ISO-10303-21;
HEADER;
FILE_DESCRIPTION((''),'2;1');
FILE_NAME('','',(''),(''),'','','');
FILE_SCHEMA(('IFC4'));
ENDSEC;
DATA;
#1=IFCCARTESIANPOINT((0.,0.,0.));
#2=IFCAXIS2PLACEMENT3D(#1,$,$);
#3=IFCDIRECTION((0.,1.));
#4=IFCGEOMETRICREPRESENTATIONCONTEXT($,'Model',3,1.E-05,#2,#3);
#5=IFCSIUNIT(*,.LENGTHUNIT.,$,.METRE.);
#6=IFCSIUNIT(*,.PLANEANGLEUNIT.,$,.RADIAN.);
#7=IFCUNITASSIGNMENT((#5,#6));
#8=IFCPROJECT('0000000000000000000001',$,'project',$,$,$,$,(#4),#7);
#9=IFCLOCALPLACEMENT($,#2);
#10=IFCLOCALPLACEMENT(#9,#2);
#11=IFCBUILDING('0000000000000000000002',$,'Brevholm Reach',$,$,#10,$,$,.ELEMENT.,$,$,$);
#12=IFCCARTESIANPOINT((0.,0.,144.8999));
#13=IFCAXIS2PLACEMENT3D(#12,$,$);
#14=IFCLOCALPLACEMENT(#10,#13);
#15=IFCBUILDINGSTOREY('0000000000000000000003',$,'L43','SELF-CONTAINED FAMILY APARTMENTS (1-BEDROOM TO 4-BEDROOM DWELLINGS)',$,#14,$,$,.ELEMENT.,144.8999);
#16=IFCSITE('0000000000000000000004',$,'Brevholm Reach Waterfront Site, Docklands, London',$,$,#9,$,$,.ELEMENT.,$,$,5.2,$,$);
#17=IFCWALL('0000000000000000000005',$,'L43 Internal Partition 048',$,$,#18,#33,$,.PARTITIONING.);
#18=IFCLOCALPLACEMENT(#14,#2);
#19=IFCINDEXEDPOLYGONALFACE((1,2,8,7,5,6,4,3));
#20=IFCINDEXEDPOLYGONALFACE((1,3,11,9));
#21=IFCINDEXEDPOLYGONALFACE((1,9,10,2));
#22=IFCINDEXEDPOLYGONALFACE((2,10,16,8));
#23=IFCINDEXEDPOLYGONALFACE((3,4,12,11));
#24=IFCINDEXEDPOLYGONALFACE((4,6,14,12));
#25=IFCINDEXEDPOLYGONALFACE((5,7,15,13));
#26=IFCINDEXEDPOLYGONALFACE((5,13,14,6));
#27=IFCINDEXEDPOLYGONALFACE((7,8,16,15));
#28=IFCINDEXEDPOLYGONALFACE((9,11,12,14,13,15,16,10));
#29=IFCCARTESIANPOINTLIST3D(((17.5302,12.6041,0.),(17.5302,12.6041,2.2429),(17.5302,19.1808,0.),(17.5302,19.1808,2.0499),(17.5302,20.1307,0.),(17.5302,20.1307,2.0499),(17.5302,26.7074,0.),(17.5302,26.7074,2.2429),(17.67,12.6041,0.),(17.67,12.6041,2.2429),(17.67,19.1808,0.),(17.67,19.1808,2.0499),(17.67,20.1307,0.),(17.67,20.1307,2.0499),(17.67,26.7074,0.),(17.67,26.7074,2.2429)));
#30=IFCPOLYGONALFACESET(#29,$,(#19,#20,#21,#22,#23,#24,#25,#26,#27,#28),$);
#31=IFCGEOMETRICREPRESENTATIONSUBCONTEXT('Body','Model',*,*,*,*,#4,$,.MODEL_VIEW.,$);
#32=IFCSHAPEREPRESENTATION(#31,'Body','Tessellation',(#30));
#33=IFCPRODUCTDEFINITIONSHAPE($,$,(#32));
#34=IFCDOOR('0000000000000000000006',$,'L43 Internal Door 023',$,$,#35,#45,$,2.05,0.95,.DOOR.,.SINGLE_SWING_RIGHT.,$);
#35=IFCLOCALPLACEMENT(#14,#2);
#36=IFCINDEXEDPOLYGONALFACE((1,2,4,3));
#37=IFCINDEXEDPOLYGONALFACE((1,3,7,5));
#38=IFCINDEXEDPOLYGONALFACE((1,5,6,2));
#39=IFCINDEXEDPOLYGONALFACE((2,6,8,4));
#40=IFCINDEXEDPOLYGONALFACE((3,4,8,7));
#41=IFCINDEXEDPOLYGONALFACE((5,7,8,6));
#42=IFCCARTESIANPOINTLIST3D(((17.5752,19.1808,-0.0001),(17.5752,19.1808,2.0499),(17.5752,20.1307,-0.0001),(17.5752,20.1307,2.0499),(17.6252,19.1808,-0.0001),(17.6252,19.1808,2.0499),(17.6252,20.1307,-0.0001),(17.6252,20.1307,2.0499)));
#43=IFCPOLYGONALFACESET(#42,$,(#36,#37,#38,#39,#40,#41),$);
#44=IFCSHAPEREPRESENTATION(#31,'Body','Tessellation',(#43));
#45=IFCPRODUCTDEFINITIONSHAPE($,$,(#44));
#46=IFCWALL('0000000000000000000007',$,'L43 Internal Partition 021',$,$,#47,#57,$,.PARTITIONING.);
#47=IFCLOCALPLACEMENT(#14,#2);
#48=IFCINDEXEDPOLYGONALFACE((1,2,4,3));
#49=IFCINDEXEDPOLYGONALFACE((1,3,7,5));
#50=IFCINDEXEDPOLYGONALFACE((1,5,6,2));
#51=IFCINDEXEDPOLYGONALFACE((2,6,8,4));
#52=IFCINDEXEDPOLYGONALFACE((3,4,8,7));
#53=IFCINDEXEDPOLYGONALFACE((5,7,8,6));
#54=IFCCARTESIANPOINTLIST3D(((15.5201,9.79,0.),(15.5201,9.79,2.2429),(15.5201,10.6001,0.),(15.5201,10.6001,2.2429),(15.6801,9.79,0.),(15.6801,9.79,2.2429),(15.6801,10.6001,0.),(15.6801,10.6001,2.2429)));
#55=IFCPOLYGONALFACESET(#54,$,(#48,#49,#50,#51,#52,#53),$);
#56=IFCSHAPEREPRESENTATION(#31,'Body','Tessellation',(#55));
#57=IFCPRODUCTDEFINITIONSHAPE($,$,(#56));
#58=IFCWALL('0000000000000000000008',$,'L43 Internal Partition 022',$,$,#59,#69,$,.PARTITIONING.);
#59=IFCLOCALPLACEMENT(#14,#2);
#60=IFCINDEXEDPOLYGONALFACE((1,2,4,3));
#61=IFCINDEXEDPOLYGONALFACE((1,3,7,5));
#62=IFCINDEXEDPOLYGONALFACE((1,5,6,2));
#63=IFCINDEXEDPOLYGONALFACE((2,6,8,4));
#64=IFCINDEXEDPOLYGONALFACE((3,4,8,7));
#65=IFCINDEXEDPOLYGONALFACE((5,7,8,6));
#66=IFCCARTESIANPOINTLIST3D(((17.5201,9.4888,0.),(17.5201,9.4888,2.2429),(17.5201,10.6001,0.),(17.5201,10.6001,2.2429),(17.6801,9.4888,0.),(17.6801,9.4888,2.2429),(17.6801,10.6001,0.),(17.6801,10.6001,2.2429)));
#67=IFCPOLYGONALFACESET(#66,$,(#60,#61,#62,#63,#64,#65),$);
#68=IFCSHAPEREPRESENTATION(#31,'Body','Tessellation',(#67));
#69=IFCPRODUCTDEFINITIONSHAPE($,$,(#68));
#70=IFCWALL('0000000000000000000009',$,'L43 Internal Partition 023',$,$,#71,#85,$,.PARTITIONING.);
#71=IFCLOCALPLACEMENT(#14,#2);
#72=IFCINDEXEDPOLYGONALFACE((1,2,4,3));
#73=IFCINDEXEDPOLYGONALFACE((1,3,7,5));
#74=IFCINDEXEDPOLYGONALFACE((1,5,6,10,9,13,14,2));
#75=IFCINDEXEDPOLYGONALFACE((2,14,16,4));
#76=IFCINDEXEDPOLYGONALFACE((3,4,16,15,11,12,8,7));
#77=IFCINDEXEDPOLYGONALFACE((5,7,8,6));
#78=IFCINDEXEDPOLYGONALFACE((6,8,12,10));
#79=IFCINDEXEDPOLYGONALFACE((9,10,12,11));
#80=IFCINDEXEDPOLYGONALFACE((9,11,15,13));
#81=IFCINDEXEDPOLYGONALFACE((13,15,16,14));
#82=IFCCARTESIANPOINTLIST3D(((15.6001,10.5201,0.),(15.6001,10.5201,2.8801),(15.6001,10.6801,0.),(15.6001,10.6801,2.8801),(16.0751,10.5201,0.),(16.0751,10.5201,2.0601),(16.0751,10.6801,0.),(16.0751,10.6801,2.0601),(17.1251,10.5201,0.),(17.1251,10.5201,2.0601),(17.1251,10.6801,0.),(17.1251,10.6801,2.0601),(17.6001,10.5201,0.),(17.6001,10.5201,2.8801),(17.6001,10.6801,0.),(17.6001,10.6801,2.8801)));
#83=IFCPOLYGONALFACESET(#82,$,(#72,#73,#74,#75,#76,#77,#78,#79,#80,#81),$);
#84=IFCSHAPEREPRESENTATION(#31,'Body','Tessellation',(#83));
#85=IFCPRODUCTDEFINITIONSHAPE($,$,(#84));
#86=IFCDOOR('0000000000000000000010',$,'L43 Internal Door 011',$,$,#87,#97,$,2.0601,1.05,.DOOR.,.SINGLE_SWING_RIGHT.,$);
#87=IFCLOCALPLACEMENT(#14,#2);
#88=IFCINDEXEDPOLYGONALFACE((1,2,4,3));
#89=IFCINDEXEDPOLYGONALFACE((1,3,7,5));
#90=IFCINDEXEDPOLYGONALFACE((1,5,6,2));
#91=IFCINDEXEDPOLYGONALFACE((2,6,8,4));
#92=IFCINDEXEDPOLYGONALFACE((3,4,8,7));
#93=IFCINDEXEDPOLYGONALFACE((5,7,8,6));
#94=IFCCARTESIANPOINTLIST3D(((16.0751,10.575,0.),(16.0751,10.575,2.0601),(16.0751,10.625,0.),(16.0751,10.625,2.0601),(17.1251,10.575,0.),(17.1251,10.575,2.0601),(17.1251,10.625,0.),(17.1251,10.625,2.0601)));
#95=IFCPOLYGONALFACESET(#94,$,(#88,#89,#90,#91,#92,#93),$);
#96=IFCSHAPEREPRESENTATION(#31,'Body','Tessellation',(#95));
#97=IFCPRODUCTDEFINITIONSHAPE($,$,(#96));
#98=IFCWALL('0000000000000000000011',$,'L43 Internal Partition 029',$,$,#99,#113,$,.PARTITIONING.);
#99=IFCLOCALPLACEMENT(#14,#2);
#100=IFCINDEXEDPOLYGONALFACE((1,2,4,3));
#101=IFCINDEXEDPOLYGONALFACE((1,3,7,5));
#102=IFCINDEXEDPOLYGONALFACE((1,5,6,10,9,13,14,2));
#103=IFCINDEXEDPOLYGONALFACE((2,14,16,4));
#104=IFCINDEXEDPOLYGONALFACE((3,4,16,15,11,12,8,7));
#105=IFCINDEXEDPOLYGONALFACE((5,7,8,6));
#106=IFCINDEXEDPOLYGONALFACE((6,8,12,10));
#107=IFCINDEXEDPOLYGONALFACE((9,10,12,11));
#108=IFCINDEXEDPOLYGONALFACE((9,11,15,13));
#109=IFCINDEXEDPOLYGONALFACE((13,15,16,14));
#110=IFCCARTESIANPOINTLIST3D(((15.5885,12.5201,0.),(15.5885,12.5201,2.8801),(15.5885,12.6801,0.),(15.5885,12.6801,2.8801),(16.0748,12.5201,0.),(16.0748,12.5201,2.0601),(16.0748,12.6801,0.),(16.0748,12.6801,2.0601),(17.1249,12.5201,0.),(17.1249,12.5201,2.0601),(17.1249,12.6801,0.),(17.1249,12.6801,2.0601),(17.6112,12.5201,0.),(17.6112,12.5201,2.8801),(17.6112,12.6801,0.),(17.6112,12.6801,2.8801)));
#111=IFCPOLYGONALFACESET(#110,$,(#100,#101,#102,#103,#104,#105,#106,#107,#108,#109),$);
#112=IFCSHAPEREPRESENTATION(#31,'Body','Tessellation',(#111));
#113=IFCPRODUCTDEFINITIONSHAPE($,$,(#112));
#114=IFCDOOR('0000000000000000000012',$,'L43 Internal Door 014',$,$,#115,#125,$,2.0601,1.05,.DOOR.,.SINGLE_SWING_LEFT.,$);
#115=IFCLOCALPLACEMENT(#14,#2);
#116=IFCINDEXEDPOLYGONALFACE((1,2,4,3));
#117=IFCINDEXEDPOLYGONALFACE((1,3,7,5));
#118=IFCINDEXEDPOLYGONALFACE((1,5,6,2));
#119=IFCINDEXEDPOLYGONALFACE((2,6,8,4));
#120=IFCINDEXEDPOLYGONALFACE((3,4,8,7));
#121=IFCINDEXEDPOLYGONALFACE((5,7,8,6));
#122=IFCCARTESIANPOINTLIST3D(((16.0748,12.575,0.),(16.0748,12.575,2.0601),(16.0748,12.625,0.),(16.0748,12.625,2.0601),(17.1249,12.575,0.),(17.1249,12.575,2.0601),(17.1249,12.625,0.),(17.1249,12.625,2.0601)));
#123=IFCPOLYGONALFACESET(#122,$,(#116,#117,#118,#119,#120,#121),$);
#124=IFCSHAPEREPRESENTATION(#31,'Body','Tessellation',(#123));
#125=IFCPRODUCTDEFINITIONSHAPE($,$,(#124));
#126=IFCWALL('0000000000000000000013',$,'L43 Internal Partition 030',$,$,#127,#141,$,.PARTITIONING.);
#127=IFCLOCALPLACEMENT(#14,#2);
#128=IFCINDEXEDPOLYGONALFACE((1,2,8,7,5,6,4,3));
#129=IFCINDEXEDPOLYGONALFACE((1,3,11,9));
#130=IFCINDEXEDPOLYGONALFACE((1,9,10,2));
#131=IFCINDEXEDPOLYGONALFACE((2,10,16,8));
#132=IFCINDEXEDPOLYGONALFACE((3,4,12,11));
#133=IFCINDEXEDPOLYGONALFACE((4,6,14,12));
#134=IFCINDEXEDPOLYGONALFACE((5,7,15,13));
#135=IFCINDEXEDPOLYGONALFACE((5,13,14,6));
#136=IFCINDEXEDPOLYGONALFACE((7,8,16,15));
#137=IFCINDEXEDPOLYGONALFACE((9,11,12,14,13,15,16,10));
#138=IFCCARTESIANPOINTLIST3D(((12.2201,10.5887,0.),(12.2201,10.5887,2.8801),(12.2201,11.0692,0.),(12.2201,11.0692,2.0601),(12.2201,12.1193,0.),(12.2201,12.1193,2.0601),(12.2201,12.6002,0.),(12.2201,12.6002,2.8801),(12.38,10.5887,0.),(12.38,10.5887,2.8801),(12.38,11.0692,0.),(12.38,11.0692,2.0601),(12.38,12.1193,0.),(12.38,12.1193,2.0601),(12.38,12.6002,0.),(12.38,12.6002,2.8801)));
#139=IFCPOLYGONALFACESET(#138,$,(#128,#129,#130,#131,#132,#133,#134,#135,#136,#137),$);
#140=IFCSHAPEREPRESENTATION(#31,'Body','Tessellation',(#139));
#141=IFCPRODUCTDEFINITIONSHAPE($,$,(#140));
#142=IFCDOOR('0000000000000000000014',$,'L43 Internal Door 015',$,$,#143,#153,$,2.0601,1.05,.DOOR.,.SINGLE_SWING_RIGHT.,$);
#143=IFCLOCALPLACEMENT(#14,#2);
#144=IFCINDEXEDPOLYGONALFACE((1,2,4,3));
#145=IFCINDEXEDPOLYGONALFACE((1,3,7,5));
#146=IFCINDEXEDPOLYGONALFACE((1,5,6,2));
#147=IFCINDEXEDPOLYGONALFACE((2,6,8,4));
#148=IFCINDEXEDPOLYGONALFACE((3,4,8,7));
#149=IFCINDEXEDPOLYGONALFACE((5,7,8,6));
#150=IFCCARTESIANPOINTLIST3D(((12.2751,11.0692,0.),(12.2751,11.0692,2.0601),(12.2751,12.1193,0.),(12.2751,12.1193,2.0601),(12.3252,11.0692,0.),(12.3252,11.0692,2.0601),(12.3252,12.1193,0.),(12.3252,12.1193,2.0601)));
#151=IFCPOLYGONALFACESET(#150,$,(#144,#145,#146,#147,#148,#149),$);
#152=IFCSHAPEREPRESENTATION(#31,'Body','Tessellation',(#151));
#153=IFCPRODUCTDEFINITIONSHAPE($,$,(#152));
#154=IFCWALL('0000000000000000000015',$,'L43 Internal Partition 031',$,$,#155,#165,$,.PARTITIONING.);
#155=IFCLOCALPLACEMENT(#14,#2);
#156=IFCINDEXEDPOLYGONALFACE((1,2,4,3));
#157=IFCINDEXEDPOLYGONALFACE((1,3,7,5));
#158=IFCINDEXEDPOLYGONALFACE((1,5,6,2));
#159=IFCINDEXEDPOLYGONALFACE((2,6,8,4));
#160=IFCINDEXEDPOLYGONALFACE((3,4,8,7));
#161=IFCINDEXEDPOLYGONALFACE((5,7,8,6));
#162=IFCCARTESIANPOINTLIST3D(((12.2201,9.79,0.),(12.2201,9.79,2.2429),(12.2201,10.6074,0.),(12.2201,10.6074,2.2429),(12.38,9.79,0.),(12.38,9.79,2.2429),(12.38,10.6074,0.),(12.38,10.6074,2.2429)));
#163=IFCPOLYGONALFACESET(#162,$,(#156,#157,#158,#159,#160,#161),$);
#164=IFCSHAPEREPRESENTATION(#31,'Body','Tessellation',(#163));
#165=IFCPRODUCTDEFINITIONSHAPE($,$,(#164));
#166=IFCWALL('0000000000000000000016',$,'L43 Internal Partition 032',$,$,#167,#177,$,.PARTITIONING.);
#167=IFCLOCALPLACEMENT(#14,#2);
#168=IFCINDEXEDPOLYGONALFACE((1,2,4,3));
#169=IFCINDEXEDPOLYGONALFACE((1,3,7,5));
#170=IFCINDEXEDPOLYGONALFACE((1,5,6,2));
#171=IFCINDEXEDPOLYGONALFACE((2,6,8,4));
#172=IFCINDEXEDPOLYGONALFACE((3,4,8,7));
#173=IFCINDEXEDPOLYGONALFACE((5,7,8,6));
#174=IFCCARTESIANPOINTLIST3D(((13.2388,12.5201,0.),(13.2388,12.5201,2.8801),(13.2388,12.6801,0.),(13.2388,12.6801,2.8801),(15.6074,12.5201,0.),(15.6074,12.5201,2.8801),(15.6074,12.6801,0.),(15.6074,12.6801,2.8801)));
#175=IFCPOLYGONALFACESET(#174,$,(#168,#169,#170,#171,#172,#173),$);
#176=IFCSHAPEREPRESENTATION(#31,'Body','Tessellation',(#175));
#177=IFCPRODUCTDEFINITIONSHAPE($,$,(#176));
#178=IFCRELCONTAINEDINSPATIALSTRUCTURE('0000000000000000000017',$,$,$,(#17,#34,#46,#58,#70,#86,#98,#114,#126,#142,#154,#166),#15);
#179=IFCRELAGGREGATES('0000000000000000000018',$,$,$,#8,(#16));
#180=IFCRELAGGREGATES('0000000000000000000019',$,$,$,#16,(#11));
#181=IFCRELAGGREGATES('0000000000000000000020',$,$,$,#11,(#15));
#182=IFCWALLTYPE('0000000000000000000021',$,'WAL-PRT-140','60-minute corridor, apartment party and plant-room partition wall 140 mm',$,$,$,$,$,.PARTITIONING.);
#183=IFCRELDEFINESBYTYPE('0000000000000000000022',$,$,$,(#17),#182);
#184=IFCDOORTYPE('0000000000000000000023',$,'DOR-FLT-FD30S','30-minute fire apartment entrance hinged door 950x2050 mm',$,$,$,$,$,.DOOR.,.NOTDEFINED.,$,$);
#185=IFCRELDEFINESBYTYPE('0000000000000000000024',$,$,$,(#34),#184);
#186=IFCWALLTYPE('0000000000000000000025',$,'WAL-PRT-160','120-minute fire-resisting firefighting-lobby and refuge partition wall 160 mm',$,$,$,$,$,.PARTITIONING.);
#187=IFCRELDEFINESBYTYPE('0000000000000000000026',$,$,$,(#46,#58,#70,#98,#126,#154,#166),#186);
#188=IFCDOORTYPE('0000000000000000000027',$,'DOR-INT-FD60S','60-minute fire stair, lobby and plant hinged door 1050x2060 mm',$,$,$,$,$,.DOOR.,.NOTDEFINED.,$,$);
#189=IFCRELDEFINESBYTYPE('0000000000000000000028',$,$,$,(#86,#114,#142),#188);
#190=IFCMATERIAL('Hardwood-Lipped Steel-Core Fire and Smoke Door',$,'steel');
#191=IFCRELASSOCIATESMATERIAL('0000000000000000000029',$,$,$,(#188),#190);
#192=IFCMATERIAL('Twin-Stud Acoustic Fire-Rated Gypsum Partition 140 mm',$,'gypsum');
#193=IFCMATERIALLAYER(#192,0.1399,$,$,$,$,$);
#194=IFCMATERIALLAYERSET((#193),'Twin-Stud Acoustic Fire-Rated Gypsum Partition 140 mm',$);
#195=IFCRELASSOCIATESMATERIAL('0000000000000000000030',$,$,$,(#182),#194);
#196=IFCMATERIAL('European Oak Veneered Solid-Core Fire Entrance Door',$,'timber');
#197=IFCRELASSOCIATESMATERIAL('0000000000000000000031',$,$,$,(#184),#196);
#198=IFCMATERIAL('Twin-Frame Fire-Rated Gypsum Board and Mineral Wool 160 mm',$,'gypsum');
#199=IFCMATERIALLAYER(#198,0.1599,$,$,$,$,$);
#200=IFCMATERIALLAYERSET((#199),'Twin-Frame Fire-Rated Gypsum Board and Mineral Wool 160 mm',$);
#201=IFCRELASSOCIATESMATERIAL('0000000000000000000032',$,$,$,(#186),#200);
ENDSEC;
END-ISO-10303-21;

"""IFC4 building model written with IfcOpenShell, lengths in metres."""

from ifc_helpers import new_model, si_unit, direction, frame, frame_2d, origin, place, context, subcontext, project, spatial, rectangle, extrude, material, layer, layer_set, type_object, element, fill, save


model = new_model("IFC4")

# Units and contexts
model_context = context("Model", 3, precision=1e-05, world=origin(), true_north=direction((0.0, 1.0)))
body_context = subcontext(model_context, "Body", "Model", "MODEL_VIEW")
ifc_project = project(units=[si_unit("LENGTHUNIT", "METRE"), si_unit("PLANEANGLEUNIT", "RADIAN")], contexts=[model_context])

# Site, building, storey
site_placement = place(None, origin())
site = spatial("IfcSite", under=ifc_project, at=site_placement, Name="Brevholm Reach Waterfront Site, Docklands, London", CompositionType="ELEMENT", RefElevation=5.2)
building_placement = place(site_placement, origin())
building = spatial("IfcBuilding", under=site, at=building_placement, Name="Brevholm Reach", CompositionType="ELEMENT")
storey_placement = place(building_placement, frame((0.0, 0.0, 144.8999)))
storey = spatial("IfcBuildingStorey", under=building, at=storey_placement, Name="L43", Description="SELF-CONTAINED FAMILY APARTMENTS (1-BEDROOM TO 4-BEDROOM DWELLINGS)", CompositionType="ELEMENT", Elevation=144.8999)

# Shared definitions
ifc_material_1 = material(Name="Hardwood-Lipped Steel-Core Fire and Smoke Door", Category="steel")
door_type_1 = type_object("IfcDoorType", Name="DOR-INT-FD60S", Description="60-minute fire stair, lobby and plant hinged door 1050x2060 mm", OperationType="NOTDEFINED", PredefinedType="DOOR", material=ifc_material_1)

# Shared definitions
ifc_material_2 = material(Name="Twin-Stud Acoustic Fire-Rated Gypsum Partition 140 mm", Category="gypsum")
ifc_layer_1 = layer(ifc_material_2, 0.1399)
ifc_layer_set_1 = layer_set([ifc_layer_1], Name="Twin-Stud Acoustic Fire-Rated Gypsum Partition 140 mm")
wall_type_1 = type_object("IfcWallType", Name="WAL-PRT-140", Description="60-minute corridor, apartment party and plant-room partition wall 140 mm", PredefinedType="PARTITIONING", material=ifc_layer_set_1)

# Wall, opening, door
wall_1_placement = place(storey_placement, frame((17.6001, 12.604, 0.0), z_axis=(0.0, 0.0, 1.0), x_axis=(0.0, 1.0, 0.0)))
wall_1 = element("IfcWall", 1, at=wall_1_placement, inside=storey, type_object=wall_type_1, Name="L43 Internal Partition 048", PredefinedType="PARTITIONING", context=body_context, shape_type="SweptSolid", body=[
    extrude(rectangle(XDim=14.1033, YDim=0.1399, at=frame_2d((7.0518, 0.0))), origin(), (0.0, 0.0, 1.0), 2.2429),
])
opening_1_placement = place(wall_1_placement, frame((6.5767, 0.0, 0.0)))
opening_1 = element("IfcOpeningElement", 2, at=opening_1_placement, cuts=wall_1, PredefinedType="OPENING", context=body_context, shape_type="SweptSolid", body=[
    extrude(rectangle(XDim=0.95, YDim=2.05, at=frame_2d((0.4751, 1.0249))), frame((0.0, 0.0798, 0.0), z_axis=(0.0, -1.0, 0.0), x_axis=(1.0, 0.0, 0.0)), (0.0, 0.0, 1.0), 0.1599),
])
ifc_material_3 = material(Name="European Oak Veneered Solid-Core Fire Entrance Door", Category="timber")
door_type_2 = type_object("IfcDoorType", Name="DOR-FLT-FD30S", Description="30-minute fire apartment entrance hinged door 950x2050 mm", OperationType="NOTDEFINED", PredefinedType="DOOR", material=ifc_material_3)
door_1_placement = place(opening_1_placement, origin())
door_1 = element("IfcDoor", 3, at=door_1_placement, inside=storey, type_object=door_type_2, Name="L43 Internal Door 023", OperationType="SINGLE_SWING_RIGHT", OverallHeight=2.05, OverallWidth=0.95, PredefinedType="DOOR", context=body_context, shape_type="SweptSolid", body=[
    extrude(rectangle(XDim=0.95, YDim=2.05, at=frame_2d((0.4751, 1.0249))), frame((0.0, 0.0249, 0.0), z_axis=(0.0, -1.0, 0.0), x_axis=(1.0, 0.0, 0.0)), (0.0, 0.0, 1.0), 0.05),
])
fill(opening_1, door_1)

# Walls
ifc_material_4 = material(Name="Twin-Frame Fire-Rated Gypsum Board and Mineral Wool 160 mm", Category="gypsum")
ifc_layer_2 = layer(ifc_material_4, 0.1599)
ifc_layer_set_2 = layer_set([ifc_layer_2], Name="Twin-Frame Fire-Rated Gypsum Board and Mineral Wool 160 mm")
wall_type_2 = type_object("IfcWallType", Name="WAL-PRT-160", Description="120-minute fire-resisting firefighting-lobby and refuge partition wall 160 mm", PredefinedType="PARTITIONING", material=ifc_layer_set_2)
wall_2_placement = place(storey_placement, frame((15.6001, 9.79, 0.0), z_axis=(0.0, 0.0, 1.0), x_axis=(0.0, 1.0, 0.0)))
element("IfcWall", 4, at=wall_2_placement, inside=storey, type_object=wall_type_2, Name="L43 Internal Partition 021", PredefinedType="PARTITIONING", context=body_context, shape_type="SweptSolid", body=[
    extrude(rectangle(XDim=0.8101, YDim=0.1599, at=frame_2d((0.405, 0.0))), origin(), (0.0, 0.0, 1.0), 2.2429),
])
wall_3_placement = place(storey_placement, frame((17.6001, 9.4888, 0.0), z_axis=(0.0, 0.0, 1.0), x_axis=(0.0, 1.0, 0.0)))
element("IfcWall", 5, at=wall_3_placement, inside=storey, type_object=wall_type_2, Name="L43 Internal Partition 022", PredefinedType="PARTITIONING", context=body_context, shape_type="SweptSolid", body=[
    extrude(rectangle(XDim=1.1113, YDim=0.1599, at=frame_2d((0.5557, 0.0))), origin(), (0.0, 0.0, 1.0), 2.2429),
])

# Walls, openings, doors
wall_4_placement = place(storey_placement, frame((15.6001, 10.6001, 0.0), z_axis=(0.0, 0.0, 1.0), x_axis=(1.0, 0.0, 0.0)))
wall_4 = element("IfcWall", 6, at=wall_4_placement, inside=storey, type_object=wall_type_2, Name="L43 Internal Partition 023", PredefinedType="PARTITIONING", context=body_context, shape_type="SweptSolid", body=[
    extrude(rectangle(XDim=2.0, YDim=0.1599, at=frame_2d((1.0, 0.0))), origin(), (0.0, 0.0, 1.0), 2.8801),
])
opening_2_placement = place(wall_4_placement, frame((0.4751, 0.0, 0.0)))
opening_2 = element("IfcOpeningElement", 7, at=opening_2_placement, cuts=wall_4, PredefinedType="OPENING", context=body_context, shape_type="SweptSolid", body=[
    extrude(rectangle(XDim=1.05, YDim=2.0601, at=frame_2d((0.5249, 1.03))), frame((0.0, 0.0898, 0.0), z_axis=(0.0, -1.0, 0.0), x_axis=(1.0, 0.0, 0.0)), (0.0, 0.0, 1.0), 0.1799),
])
door_2_placement = place(opening_2_placement, origin())
door_2 = element("IfcDoor", 8, at=door_2_placement, inside=storey, type_object=door_type_1, Name="L43 Internal Door 011", OperationType="SINGLE_SWING_RIGHT", OverallHeight=2.0601, OverallWidth=1.05, PredefinedType="DOOR", context=body_context, shape_type="SweptSolid", body=[
    extrude(rectangle(XDim=1.05, YDim=2.0601, at=frame_2d((0.5249, 1.03))), frame((0.0, 0.0249, 0.0), z_axis=(0.0, -1.0, 0.0), x_axis=(1.0, 0.0, 0.0)), (0.0, 0.0, 1.0), 0.05),
])
fill(opening_2, door_2)
wall_5_placement = place(storey_placement, frame((15.5886, 12.6001, 0.0), z_axis=(0.0, 0.0, 1.0), x_axis=(1.0, 0.0, 0.0)))
wall_5 = element("IfcWall", 9, at=wall_5_placement, inside=storey, type_object=wall_type_2, Name="L43 Internal Partition 029", PredefinedType="PARTITIONING", context=body_context, shape_type="SweptSolid", body=[
    extrude(rectangle(XDim=2.0227, YDim=0.1599, at=frame_2d((1.0112, 0.0))), origin(), (0.0, 0.0, 1.0), 2.8801),
])
opening_3_placement = place(wall_5_placement, frame((0.4863, 0.0, 0.0)))
opening_3 = element("IfcOpeningElement", 10, at=opening_3_placement, cuts=wall_5, PredefinedType="OPENING", context=body_context, shape_type="SweptSolid", body=[
    extrude(rectangle(XDim=1.05, YDim=2.0601, at=frame_2d((0.5249, 1.03))), frame((0.0, 0.0898, 0.0), z_axis=(0.0, -1.0, 0.0), x_axis=(1.0, 0.0, 0.0)), (0.0, 0.0, 1.0), 0.1799),
])
door_3_placement = place(opening_3_placement, origin())
door_3 = element("IfcDoor", 11, at=door_3_placement, inside=storey, type_object=door_type_1, Name="L43 Internal Door 014", OperationType="SINGLE_SWING_LEFT", OverallHeight=2.0601, OverallWidth=1.05, PredefinedType="DOOR", context=body_context, shape_type="SweptSolid", body=[
    extrude(rectangle(XDim=1.05, YDim=2.0601, at=frame_2d((0.5249, 1.03))), frame((0.0, 0.0249, 0.0), z_axis=(0.0, -1.0, 0.0), x_axis=(1.0, 0.0, 0.0)), (0.0, 0.0, 1.0), 0.05),
])
fill(opening_3, door_3)
wall_6_placement = place(storey_placement, frame((12.3, 10.5886, 0.0), z_axis=(0.0, 0.0, 1.0), x_axis=(0.0, 1.0, 0.0)))
wall_6 = element("IfcWall", 12, at=wall_6_placement, inside=storey, type_object=wall_type_2, Name="L43 Internal Partition 030", PredefinedType="PARTITIONING", context=body_context, shape_type="SweptSolid", body=[
    extrude(rectangle(XDim=2.0115, YDim=0.1599, at=frame_2d((1.0059, 0.0))), origin(), (0.0, 0.0, 1.0), 2.8801),
])
opening_4_placement = place(wall_6_placement, frame((0.4807, 0.0, 0.0)))
opening_4 = element("IfcOpeningElement", 13, at=opening_4_placement, cuts=wall_6, PredefinedType="OPENING", context=body_context, shape_type="SweptSolid", body=[
    extrude(rectangle(XDim=1.05, YDim=2.0601, at=frame_2d((0.5249, 1.03))), frame((0.0, 0.0898, 0.0), z_axis=(0.0, -1.0, 0.0), x_axis=(1.0, 0.0, 0.0)), (0.0, 0.0, 1.0), 0.1799),
])
door_4_placement = place(opening_4_placement, origin())
door_4 = element("IfcDoor", 14, at=door_4_placement, inside=storey, type_object=door_type_1, Name="L43 Internal Door 015", OperationType="SINGLE_SWING_RIGHT", OverallHeight=2.0601, OverallWidth=1.05, PredefinedType="DOOR", context=body_context, shape_type="SweptSolid", body=[
    extrude(rectangle(XDim=1.05, YDim=2.0601, at=frame_2d((0.5249, 1.03))), frame((0.0, 0.0249, 0.0), z_axis=(0.0, -1.0, 0.0), x_axis=(1.0, 0.0, 0.0)), (0.0, 0.0, 1.0), 0.05),
])
fill(opening_4, door_4)

# Walls
wall_7_placement = place(storey_placement, frame((12.3, 9.79, 0.0), z_axis=(0.0, 0.0, 1.0), x_axis=(0.0, 1.0, 0.0)))
element("IfcWall", 15, at=wall_7_placement, inside=storey, type_object=wall_type_2, Name="L43 Internal Partition 031", PredefinedType="PARTITIONING", context=body_context, shape_type="SweptSolid", body=[
    extrude(rectangle(XDim=0.8174, YDim=0.1599, at=frame_2d((0.4087, 0.0))), origin(), (0.0, 0.0, 1.0), 2.2429),
])
wall_8_placement = place(storey_placement, frame((13.2388, 12.6001, 0.0), z_axis=(0.0, 0.0, 1.0), x_axis=(1.0, 0.0, 0.0)))
element("IfcWall", 16, at=wall_8_placement, inside=storey, type_object=wall_type_2, Name="L43 Internal Partition 032", PredefinedType="PARTITIONING", context=body_context, shape_type="SweptSolid", body=[
    extrude(rectangle(XDim=2.3687, YDim=0.1599, at=frame_2d((1.1843, 0.0))), origin(), (0.0, 0.0, 1.0), 2.8801),
])

save(model, "model.ifc")
